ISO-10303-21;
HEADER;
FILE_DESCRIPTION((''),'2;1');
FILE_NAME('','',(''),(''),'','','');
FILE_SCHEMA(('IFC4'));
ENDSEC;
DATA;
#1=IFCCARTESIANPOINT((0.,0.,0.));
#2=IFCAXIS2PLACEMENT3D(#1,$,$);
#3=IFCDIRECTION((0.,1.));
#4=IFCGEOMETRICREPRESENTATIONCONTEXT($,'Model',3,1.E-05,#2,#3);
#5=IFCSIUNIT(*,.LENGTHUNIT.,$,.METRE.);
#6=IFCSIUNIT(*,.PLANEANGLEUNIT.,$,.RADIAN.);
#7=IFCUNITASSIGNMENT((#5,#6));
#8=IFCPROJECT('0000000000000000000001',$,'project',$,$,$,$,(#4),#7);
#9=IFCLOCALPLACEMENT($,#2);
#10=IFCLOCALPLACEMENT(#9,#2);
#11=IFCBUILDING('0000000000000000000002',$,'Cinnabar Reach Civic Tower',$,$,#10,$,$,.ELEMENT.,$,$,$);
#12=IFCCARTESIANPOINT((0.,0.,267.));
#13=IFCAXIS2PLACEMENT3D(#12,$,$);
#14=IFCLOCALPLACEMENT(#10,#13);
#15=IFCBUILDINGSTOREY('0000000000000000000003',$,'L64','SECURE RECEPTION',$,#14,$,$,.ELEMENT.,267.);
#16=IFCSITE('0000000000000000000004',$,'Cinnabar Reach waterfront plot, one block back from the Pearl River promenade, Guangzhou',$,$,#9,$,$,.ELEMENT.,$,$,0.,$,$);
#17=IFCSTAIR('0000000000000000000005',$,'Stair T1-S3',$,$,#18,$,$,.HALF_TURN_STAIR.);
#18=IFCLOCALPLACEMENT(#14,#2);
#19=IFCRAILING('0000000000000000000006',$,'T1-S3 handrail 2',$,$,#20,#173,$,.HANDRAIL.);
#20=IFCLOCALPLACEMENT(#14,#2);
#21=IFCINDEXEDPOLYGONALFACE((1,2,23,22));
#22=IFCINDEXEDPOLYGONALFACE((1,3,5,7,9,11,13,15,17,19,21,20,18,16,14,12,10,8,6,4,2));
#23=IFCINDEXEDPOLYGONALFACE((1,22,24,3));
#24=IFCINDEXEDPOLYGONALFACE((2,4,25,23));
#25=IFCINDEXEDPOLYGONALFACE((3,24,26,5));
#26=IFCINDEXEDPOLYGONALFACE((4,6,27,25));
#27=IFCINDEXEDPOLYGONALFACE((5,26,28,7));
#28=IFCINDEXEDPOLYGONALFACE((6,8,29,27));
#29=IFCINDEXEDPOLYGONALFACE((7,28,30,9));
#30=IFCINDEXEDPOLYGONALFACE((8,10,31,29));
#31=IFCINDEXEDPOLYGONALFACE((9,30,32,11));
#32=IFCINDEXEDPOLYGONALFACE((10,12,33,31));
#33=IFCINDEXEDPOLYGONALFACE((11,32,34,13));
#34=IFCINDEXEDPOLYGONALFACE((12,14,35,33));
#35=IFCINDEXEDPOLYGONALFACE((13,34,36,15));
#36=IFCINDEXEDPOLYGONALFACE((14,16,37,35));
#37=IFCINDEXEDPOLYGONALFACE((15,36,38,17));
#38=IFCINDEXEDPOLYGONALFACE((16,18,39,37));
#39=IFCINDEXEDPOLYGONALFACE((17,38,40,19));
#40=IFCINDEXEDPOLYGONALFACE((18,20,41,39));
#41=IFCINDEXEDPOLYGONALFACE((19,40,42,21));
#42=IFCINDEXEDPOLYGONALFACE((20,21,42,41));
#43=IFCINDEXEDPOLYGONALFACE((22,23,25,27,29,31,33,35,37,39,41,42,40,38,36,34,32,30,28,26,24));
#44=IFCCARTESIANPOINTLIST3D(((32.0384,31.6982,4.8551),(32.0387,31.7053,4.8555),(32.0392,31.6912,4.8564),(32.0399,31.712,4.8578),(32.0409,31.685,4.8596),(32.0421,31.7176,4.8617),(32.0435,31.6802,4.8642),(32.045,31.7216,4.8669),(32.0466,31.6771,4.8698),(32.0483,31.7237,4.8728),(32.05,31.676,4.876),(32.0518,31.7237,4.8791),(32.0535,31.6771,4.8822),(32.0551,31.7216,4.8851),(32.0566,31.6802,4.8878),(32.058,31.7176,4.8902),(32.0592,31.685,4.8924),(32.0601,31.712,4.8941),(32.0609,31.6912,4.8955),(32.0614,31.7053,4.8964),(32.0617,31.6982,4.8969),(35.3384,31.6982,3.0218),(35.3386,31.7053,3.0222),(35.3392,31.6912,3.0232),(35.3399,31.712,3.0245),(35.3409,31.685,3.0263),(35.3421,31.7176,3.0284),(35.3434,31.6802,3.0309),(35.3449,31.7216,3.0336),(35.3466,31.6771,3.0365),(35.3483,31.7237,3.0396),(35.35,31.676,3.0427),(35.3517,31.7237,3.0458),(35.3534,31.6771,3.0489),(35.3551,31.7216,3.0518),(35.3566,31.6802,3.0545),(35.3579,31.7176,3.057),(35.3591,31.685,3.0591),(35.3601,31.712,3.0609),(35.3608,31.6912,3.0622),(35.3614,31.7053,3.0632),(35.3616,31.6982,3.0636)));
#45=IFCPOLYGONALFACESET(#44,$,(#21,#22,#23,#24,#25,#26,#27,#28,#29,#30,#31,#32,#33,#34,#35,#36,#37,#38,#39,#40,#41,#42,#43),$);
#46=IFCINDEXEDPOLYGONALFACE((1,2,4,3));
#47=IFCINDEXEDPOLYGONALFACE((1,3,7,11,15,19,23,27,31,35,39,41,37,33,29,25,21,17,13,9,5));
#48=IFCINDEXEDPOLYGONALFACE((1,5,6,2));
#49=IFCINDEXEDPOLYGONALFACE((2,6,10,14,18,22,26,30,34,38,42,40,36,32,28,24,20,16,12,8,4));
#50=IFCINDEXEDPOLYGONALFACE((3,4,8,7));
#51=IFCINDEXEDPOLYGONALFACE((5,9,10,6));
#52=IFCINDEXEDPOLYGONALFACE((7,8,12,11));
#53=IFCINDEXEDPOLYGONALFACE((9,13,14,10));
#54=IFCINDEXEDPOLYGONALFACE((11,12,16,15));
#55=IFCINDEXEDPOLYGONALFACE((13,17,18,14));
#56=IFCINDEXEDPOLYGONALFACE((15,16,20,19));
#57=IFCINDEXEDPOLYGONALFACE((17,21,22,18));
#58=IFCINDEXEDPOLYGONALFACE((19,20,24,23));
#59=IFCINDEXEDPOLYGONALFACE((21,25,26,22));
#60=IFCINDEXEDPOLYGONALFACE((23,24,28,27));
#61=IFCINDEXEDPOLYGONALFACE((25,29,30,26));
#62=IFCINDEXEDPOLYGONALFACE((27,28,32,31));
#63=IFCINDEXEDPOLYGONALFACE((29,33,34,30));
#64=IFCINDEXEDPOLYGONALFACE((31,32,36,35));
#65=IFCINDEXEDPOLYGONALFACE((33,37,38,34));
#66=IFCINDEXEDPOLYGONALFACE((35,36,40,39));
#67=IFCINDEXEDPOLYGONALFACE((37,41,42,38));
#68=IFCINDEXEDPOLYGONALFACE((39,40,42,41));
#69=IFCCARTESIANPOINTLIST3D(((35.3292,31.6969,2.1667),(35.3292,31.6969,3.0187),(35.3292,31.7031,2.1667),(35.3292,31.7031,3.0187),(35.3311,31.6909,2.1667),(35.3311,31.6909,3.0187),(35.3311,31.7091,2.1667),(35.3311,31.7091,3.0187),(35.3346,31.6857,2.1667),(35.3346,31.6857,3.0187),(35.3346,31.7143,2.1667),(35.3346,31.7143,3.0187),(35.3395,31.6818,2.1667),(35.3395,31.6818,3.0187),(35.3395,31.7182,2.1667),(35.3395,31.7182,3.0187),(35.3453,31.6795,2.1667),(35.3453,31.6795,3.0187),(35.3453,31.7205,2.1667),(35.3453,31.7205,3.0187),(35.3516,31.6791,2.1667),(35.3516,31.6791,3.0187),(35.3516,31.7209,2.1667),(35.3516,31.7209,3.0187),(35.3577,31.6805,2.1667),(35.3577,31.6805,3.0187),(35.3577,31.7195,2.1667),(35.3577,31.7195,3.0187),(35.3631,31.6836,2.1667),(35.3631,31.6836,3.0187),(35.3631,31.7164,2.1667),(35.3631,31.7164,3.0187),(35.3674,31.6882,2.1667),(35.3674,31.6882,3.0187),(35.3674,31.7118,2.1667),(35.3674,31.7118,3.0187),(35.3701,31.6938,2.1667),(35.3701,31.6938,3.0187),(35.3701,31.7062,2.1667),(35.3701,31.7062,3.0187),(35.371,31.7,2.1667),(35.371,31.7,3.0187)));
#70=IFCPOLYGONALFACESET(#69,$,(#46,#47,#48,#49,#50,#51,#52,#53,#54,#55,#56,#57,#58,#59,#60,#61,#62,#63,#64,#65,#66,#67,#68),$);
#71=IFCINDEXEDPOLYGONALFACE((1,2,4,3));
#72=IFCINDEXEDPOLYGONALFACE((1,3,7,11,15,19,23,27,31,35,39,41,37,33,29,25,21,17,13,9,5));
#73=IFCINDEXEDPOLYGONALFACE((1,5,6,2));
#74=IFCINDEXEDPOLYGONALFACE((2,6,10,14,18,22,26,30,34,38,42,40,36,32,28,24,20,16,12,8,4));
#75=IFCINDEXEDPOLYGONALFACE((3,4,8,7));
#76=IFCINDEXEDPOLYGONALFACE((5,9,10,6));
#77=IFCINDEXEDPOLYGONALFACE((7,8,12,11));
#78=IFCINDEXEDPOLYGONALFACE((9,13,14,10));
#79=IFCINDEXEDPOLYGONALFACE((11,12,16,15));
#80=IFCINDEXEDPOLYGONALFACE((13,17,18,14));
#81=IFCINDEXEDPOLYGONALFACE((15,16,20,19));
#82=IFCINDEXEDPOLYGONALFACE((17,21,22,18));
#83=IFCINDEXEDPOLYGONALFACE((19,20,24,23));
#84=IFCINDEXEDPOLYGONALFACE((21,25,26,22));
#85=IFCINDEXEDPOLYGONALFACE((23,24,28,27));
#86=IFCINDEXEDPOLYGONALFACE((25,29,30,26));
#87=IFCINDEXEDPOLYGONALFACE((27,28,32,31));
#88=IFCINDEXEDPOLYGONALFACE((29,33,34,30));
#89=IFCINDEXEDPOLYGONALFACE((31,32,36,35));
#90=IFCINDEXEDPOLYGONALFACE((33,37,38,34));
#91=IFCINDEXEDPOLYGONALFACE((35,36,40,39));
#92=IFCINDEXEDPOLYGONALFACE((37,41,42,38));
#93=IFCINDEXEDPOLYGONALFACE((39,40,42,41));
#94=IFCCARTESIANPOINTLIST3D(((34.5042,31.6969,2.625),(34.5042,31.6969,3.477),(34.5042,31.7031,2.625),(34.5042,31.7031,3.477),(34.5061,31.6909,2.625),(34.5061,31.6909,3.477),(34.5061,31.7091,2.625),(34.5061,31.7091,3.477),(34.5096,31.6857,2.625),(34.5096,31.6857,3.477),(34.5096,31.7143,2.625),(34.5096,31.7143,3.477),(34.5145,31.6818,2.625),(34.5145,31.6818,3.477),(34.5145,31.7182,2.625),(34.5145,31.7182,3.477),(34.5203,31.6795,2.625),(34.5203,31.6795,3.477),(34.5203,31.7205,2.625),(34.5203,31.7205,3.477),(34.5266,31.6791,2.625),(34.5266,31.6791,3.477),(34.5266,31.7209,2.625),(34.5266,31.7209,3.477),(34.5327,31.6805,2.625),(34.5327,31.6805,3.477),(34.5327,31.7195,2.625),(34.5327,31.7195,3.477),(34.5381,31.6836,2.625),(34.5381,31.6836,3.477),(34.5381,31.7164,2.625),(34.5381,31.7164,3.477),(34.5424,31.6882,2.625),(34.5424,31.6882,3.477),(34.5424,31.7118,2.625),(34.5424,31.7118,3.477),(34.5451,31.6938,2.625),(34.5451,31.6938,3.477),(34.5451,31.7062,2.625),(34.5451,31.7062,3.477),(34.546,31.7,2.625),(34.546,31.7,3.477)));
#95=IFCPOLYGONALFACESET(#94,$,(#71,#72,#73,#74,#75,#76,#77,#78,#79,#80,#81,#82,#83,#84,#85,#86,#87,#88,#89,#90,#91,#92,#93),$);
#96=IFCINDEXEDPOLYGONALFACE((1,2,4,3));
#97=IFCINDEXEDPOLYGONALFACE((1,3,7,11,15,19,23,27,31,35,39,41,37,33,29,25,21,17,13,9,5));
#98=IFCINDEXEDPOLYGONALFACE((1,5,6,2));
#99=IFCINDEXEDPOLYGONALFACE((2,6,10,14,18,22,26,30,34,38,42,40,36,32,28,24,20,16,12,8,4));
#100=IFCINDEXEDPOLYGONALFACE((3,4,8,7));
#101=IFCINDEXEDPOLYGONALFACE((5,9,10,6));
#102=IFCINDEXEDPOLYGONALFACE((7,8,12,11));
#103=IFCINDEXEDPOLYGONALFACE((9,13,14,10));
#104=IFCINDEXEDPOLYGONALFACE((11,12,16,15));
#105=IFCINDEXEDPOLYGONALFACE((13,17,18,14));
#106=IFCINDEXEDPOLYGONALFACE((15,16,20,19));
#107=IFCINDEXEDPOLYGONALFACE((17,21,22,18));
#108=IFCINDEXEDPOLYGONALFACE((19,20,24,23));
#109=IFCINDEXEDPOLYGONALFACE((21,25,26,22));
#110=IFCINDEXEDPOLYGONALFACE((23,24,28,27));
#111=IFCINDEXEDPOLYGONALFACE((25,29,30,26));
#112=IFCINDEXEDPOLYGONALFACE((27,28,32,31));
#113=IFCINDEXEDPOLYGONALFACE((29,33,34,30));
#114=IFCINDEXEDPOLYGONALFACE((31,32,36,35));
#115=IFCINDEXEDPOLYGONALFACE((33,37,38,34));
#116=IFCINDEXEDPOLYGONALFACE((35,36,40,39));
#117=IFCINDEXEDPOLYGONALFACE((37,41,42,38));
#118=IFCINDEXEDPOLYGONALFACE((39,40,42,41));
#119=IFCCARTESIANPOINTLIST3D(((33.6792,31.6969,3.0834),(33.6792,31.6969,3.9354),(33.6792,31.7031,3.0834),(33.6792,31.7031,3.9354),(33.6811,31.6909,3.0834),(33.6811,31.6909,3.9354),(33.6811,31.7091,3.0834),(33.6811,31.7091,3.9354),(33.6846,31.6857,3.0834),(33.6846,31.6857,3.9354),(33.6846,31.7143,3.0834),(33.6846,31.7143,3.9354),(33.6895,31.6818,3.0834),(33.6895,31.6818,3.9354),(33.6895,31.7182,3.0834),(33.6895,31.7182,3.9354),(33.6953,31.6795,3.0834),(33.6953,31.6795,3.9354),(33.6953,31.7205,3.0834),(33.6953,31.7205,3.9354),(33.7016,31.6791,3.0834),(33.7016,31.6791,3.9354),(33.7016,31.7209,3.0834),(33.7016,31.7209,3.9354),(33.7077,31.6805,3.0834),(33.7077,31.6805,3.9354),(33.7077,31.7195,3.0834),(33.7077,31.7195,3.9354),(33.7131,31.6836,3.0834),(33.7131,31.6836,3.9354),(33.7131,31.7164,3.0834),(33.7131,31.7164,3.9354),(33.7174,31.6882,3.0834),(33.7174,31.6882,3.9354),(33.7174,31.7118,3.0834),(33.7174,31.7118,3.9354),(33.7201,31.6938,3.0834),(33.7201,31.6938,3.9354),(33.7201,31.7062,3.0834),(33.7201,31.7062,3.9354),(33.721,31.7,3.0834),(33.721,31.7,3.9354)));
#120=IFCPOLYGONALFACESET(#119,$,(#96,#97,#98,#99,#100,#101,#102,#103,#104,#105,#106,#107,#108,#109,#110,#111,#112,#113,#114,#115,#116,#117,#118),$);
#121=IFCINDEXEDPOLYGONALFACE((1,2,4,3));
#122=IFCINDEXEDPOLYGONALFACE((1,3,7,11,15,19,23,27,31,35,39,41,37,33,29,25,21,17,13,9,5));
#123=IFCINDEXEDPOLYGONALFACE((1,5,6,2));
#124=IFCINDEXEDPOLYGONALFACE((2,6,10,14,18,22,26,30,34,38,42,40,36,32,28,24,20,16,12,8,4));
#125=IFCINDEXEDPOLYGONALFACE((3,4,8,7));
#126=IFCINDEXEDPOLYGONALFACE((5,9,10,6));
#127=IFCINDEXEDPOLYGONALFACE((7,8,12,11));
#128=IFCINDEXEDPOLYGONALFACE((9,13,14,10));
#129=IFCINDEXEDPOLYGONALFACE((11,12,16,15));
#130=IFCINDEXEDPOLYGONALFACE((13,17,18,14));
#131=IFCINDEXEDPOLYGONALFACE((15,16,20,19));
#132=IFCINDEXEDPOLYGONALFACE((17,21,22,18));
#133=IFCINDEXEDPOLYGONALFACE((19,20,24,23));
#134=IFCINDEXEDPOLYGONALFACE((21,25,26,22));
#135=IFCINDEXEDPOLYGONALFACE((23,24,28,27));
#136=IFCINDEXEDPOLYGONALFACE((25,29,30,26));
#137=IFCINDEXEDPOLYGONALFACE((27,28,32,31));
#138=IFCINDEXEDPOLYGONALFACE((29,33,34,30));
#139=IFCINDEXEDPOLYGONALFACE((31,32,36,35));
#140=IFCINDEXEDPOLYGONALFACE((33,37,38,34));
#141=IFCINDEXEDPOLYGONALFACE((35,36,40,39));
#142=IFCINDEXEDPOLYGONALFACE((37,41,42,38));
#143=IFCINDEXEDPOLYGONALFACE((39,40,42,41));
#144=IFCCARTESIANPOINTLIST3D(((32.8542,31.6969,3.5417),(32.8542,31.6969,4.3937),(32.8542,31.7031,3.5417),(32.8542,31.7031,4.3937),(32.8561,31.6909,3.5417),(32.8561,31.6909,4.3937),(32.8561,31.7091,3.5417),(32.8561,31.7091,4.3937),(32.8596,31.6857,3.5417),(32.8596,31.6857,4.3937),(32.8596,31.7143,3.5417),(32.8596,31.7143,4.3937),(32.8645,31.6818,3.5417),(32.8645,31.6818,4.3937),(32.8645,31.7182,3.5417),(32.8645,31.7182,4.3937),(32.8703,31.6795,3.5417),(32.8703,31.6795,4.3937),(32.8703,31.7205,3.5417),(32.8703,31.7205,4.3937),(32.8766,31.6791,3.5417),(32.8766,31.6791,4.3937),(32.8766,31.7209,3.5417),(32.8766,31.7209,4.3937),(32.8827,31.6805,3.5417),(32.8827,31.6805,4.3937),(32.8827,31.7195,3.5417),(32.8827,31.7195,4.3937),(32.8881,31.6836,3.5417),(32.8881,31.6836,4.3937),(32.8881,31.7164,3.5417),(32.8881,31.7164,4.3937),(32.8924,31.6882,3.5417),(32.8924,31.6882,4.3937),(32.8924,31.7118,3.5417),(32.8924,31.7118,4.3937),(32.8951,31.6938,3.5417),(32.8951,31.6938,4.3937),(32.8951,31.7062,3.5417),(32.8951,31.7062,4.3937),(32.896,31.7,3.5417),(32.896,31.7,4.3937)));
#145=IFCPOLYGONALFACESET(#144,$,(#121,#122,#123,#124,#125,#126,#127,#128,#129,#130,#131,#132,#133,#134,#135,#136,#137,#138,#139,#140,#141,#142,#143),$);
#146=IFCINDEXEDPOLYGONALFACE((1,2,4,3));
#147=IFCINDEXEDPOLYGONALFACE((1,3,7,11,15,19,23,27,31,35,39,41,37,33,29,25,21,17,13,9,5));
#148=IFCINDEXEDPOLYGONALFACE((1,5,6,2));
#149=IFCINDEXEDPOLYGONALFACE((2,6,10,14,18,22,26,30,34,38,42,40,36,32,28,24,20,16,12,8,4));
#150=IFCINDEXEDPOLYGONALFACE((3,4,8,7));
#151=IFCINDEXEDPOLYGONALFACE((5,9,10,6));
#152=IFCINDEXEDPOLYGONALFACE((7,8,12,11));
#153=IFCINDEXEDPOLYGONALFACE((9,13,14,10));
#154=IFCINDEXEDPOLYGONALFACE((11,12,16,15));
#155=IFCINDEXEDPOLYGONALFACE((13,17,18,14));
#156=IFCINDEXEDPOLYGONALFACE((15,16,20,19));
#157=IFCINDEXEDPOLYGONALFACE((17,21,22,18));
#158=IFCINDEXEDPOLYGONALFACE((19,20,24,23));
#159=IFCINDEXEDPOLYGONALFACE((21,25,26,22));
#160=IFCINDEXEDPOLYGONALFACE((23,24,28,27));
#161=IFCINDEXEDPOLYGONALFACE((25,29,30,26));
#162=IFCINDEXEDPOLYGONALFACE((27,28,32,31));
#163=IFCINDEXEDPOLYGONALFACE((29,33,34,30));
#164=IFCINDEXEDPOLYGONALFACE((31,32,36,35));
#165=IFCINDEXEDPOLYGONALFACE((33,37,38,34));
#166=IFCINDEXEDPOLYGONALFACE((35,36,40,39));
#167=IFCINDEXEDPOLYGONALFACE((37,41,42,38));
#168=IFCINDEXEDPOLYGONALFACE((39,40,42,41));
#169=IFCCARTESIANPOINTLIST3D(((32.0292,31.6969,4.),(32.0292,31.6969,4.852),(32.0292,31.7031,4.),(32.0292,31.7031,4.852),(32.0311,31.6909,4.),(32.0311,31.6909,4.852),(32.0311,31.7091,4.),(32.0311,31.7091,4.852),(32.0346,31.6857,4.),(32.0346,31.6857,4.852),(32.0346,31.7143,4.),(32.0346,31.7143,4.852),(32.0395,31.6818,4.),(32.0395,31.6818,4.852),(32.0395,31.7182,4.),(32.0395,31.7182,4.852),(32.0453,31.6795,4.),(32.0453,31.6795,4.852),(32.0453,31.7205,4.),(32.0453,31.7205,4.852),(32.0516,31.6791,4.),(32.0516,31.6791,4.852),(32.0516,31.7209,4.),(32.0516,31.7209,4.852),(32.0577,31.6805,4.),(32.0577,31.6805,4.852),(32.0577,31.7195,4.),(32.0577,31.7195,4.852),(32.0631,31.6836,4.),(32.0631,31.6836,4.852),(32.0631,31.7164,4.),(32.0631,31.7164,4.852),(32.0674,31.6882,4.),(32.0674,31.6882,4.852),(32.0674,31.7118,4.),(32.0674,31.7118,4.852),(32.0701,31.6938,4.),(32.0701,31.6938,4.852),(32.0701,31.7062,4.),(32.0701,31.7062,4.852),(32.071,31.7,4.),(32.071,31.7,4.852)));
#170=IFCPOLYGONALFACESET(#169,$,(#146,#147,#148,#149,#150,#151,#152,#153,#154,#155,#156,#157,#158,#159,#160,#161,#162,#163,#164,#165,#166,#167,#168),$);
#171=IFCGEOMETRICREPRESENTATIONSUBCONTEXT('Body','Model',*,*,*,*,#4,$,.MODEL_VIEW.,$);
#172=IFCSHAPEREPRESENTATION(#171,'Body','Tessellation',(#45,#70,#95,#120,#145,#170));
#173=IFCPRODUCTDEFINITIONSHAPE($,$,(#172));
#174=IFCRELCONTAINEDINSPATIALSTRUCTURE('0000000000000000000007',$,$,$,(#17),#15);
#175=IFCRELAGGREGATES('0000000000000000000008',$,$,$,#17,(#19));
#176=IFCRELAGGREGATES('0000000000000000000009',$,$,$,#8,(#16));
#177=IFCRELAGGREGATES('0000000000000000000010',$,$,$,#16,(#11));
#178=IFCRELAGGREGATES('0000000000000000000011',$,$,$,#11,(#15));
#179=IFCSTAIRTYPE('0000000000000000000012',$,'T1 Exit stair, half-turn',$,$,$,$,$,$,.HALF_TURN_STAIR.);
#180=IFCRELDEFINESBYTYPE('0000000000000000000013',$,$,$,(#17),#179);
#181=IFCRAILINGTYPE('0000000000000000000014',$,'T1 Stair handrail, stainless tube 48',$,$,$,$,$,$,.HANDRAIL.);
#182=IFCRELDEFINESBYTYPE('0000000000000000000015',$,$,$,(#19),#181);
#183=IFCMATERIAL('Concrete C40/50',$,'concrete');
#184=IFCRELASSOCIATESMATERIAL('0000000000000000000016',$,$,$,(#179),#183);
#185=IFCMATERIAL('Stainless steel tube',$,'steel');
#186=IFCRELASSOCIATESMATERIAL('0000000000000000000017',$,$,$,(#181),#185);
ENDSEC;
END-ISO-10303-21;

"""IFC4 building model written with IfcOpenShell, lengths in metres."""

from ifc_helpers import new_model, si_unit, direction, frame, origin, origin_2d, place, context, subcontext, project, spatial, circle, extrude, material, type_object, element, aggregate, save


model = new_model("IFC4")

# Units and contexts
model_context = context("Model", 3, precision=1e-05, world=origin(), true_north=direction((0.0, 1.0)))
body_context = subcontext(model_context, "Body", "Model", "MODEL_VIEW")
ifc_project = project(units=[si_unit("LENGTHUNIT", "METRE"), si_unit("PLANEANGLEUNIT", "RADIAN")], contexts=[model_context])

# Site, building, storey
site_placement = place(None, origin())
site = spatial("IfcSite", under=ifc_project, at=site_placement, Name="Cinnabar Reach waterfront plot, one block back from the Pearl River promenade, Guangzhou", CompositionType="ELEMENT", RefElevation=0.0)
building_placement = place(site_placement, origin())
building = spatial("IfcBuilding", under=site, at=building_placement, Name="Cinnabar Reach Civic Tower", CompositionType="ELEMENT")
storey_placement = place(building_placement, frame((0.0, 0.0, 267.0)))
storey = spatial("IfcBuildingStorey", under=building, at=storey_placement, Name="L64", Description="SECURE RECEPTION", CompositionType="ELEMENT", Elevation=267.0)

# Stair, railing
ifc_material_1 = material(Name="Concrete C40/50", Category="concrete")
stair_type = type_object("IfcStairType", Name="T1 Exit stair, half-turn", PredefinedType="HALF_TURN_STAIR", material=ifc_material_1)
stair_placement = place(storey_placement, origin())
stair = element("IfcStair", 1, at=stair_placement, inside=storey, type_object=stair_type, Name="Stair T1-S3", PredefinedType="HALF_TURN_STAIR")
ifc_material_2 = material(Name="Stainless steel tube", Category="steel")
railing_type = type_object("IfcRailingType", Name="T1 Stair handrail, stainless tube 48", PredefinedType="HANDRAIL", material=ifc_material_2)
railing_1_placement = place(storey_placement, frame((35.35, 31.7, 2.1667)))
railing_1 = element("IfcRailing", 2, at=railing_1_placement, type_object=railing_type, Name="T1-S3 handrail 2", PredefinedType="HANDRAIL", context=body_context, shape_type="SweptSolid", body=[
    extrude(circle(Radius=0.024, at=origin_2d()), frame((0.0, 0.0, 0.876), z_axis=(-0.874161, 0.0, 0.485636), x_axis=(0.0, -1.0, 0.0)), (0.0, 0.0, 1.0), 3.775),
    extrude(circle(Radius=0.021, at=origin_2d()), origin(), (0.0, 0.0, 1.0), 0.852),
    extrude(circle(Radius=0.021, at=origin_2d()), frame((-0.825, 0.0, 0.4583)), (0.0, 0.0, 1.0), 0.852),
    extrude(circle(Radius=0.021, at=origin_2d()), frame((-1.65, 0.0, 0.9167)), (0.0, 0.0, 1.0), 0.852),
    extrude(circle(Radius=0.021, at=origin_2d()), frame((-2.475, 0.0, 1.375)), (0.0, 0.0, 1.0), 0.852),
    extrude(circle(Radius=0.021, at=origin_2d()), frame((-3.3, 0.0, 1.8333)), (0.0, 0.0, 1.0), 0.852),
])
aggregate(stair, [railing_1])

save(model, "model.ifc")
